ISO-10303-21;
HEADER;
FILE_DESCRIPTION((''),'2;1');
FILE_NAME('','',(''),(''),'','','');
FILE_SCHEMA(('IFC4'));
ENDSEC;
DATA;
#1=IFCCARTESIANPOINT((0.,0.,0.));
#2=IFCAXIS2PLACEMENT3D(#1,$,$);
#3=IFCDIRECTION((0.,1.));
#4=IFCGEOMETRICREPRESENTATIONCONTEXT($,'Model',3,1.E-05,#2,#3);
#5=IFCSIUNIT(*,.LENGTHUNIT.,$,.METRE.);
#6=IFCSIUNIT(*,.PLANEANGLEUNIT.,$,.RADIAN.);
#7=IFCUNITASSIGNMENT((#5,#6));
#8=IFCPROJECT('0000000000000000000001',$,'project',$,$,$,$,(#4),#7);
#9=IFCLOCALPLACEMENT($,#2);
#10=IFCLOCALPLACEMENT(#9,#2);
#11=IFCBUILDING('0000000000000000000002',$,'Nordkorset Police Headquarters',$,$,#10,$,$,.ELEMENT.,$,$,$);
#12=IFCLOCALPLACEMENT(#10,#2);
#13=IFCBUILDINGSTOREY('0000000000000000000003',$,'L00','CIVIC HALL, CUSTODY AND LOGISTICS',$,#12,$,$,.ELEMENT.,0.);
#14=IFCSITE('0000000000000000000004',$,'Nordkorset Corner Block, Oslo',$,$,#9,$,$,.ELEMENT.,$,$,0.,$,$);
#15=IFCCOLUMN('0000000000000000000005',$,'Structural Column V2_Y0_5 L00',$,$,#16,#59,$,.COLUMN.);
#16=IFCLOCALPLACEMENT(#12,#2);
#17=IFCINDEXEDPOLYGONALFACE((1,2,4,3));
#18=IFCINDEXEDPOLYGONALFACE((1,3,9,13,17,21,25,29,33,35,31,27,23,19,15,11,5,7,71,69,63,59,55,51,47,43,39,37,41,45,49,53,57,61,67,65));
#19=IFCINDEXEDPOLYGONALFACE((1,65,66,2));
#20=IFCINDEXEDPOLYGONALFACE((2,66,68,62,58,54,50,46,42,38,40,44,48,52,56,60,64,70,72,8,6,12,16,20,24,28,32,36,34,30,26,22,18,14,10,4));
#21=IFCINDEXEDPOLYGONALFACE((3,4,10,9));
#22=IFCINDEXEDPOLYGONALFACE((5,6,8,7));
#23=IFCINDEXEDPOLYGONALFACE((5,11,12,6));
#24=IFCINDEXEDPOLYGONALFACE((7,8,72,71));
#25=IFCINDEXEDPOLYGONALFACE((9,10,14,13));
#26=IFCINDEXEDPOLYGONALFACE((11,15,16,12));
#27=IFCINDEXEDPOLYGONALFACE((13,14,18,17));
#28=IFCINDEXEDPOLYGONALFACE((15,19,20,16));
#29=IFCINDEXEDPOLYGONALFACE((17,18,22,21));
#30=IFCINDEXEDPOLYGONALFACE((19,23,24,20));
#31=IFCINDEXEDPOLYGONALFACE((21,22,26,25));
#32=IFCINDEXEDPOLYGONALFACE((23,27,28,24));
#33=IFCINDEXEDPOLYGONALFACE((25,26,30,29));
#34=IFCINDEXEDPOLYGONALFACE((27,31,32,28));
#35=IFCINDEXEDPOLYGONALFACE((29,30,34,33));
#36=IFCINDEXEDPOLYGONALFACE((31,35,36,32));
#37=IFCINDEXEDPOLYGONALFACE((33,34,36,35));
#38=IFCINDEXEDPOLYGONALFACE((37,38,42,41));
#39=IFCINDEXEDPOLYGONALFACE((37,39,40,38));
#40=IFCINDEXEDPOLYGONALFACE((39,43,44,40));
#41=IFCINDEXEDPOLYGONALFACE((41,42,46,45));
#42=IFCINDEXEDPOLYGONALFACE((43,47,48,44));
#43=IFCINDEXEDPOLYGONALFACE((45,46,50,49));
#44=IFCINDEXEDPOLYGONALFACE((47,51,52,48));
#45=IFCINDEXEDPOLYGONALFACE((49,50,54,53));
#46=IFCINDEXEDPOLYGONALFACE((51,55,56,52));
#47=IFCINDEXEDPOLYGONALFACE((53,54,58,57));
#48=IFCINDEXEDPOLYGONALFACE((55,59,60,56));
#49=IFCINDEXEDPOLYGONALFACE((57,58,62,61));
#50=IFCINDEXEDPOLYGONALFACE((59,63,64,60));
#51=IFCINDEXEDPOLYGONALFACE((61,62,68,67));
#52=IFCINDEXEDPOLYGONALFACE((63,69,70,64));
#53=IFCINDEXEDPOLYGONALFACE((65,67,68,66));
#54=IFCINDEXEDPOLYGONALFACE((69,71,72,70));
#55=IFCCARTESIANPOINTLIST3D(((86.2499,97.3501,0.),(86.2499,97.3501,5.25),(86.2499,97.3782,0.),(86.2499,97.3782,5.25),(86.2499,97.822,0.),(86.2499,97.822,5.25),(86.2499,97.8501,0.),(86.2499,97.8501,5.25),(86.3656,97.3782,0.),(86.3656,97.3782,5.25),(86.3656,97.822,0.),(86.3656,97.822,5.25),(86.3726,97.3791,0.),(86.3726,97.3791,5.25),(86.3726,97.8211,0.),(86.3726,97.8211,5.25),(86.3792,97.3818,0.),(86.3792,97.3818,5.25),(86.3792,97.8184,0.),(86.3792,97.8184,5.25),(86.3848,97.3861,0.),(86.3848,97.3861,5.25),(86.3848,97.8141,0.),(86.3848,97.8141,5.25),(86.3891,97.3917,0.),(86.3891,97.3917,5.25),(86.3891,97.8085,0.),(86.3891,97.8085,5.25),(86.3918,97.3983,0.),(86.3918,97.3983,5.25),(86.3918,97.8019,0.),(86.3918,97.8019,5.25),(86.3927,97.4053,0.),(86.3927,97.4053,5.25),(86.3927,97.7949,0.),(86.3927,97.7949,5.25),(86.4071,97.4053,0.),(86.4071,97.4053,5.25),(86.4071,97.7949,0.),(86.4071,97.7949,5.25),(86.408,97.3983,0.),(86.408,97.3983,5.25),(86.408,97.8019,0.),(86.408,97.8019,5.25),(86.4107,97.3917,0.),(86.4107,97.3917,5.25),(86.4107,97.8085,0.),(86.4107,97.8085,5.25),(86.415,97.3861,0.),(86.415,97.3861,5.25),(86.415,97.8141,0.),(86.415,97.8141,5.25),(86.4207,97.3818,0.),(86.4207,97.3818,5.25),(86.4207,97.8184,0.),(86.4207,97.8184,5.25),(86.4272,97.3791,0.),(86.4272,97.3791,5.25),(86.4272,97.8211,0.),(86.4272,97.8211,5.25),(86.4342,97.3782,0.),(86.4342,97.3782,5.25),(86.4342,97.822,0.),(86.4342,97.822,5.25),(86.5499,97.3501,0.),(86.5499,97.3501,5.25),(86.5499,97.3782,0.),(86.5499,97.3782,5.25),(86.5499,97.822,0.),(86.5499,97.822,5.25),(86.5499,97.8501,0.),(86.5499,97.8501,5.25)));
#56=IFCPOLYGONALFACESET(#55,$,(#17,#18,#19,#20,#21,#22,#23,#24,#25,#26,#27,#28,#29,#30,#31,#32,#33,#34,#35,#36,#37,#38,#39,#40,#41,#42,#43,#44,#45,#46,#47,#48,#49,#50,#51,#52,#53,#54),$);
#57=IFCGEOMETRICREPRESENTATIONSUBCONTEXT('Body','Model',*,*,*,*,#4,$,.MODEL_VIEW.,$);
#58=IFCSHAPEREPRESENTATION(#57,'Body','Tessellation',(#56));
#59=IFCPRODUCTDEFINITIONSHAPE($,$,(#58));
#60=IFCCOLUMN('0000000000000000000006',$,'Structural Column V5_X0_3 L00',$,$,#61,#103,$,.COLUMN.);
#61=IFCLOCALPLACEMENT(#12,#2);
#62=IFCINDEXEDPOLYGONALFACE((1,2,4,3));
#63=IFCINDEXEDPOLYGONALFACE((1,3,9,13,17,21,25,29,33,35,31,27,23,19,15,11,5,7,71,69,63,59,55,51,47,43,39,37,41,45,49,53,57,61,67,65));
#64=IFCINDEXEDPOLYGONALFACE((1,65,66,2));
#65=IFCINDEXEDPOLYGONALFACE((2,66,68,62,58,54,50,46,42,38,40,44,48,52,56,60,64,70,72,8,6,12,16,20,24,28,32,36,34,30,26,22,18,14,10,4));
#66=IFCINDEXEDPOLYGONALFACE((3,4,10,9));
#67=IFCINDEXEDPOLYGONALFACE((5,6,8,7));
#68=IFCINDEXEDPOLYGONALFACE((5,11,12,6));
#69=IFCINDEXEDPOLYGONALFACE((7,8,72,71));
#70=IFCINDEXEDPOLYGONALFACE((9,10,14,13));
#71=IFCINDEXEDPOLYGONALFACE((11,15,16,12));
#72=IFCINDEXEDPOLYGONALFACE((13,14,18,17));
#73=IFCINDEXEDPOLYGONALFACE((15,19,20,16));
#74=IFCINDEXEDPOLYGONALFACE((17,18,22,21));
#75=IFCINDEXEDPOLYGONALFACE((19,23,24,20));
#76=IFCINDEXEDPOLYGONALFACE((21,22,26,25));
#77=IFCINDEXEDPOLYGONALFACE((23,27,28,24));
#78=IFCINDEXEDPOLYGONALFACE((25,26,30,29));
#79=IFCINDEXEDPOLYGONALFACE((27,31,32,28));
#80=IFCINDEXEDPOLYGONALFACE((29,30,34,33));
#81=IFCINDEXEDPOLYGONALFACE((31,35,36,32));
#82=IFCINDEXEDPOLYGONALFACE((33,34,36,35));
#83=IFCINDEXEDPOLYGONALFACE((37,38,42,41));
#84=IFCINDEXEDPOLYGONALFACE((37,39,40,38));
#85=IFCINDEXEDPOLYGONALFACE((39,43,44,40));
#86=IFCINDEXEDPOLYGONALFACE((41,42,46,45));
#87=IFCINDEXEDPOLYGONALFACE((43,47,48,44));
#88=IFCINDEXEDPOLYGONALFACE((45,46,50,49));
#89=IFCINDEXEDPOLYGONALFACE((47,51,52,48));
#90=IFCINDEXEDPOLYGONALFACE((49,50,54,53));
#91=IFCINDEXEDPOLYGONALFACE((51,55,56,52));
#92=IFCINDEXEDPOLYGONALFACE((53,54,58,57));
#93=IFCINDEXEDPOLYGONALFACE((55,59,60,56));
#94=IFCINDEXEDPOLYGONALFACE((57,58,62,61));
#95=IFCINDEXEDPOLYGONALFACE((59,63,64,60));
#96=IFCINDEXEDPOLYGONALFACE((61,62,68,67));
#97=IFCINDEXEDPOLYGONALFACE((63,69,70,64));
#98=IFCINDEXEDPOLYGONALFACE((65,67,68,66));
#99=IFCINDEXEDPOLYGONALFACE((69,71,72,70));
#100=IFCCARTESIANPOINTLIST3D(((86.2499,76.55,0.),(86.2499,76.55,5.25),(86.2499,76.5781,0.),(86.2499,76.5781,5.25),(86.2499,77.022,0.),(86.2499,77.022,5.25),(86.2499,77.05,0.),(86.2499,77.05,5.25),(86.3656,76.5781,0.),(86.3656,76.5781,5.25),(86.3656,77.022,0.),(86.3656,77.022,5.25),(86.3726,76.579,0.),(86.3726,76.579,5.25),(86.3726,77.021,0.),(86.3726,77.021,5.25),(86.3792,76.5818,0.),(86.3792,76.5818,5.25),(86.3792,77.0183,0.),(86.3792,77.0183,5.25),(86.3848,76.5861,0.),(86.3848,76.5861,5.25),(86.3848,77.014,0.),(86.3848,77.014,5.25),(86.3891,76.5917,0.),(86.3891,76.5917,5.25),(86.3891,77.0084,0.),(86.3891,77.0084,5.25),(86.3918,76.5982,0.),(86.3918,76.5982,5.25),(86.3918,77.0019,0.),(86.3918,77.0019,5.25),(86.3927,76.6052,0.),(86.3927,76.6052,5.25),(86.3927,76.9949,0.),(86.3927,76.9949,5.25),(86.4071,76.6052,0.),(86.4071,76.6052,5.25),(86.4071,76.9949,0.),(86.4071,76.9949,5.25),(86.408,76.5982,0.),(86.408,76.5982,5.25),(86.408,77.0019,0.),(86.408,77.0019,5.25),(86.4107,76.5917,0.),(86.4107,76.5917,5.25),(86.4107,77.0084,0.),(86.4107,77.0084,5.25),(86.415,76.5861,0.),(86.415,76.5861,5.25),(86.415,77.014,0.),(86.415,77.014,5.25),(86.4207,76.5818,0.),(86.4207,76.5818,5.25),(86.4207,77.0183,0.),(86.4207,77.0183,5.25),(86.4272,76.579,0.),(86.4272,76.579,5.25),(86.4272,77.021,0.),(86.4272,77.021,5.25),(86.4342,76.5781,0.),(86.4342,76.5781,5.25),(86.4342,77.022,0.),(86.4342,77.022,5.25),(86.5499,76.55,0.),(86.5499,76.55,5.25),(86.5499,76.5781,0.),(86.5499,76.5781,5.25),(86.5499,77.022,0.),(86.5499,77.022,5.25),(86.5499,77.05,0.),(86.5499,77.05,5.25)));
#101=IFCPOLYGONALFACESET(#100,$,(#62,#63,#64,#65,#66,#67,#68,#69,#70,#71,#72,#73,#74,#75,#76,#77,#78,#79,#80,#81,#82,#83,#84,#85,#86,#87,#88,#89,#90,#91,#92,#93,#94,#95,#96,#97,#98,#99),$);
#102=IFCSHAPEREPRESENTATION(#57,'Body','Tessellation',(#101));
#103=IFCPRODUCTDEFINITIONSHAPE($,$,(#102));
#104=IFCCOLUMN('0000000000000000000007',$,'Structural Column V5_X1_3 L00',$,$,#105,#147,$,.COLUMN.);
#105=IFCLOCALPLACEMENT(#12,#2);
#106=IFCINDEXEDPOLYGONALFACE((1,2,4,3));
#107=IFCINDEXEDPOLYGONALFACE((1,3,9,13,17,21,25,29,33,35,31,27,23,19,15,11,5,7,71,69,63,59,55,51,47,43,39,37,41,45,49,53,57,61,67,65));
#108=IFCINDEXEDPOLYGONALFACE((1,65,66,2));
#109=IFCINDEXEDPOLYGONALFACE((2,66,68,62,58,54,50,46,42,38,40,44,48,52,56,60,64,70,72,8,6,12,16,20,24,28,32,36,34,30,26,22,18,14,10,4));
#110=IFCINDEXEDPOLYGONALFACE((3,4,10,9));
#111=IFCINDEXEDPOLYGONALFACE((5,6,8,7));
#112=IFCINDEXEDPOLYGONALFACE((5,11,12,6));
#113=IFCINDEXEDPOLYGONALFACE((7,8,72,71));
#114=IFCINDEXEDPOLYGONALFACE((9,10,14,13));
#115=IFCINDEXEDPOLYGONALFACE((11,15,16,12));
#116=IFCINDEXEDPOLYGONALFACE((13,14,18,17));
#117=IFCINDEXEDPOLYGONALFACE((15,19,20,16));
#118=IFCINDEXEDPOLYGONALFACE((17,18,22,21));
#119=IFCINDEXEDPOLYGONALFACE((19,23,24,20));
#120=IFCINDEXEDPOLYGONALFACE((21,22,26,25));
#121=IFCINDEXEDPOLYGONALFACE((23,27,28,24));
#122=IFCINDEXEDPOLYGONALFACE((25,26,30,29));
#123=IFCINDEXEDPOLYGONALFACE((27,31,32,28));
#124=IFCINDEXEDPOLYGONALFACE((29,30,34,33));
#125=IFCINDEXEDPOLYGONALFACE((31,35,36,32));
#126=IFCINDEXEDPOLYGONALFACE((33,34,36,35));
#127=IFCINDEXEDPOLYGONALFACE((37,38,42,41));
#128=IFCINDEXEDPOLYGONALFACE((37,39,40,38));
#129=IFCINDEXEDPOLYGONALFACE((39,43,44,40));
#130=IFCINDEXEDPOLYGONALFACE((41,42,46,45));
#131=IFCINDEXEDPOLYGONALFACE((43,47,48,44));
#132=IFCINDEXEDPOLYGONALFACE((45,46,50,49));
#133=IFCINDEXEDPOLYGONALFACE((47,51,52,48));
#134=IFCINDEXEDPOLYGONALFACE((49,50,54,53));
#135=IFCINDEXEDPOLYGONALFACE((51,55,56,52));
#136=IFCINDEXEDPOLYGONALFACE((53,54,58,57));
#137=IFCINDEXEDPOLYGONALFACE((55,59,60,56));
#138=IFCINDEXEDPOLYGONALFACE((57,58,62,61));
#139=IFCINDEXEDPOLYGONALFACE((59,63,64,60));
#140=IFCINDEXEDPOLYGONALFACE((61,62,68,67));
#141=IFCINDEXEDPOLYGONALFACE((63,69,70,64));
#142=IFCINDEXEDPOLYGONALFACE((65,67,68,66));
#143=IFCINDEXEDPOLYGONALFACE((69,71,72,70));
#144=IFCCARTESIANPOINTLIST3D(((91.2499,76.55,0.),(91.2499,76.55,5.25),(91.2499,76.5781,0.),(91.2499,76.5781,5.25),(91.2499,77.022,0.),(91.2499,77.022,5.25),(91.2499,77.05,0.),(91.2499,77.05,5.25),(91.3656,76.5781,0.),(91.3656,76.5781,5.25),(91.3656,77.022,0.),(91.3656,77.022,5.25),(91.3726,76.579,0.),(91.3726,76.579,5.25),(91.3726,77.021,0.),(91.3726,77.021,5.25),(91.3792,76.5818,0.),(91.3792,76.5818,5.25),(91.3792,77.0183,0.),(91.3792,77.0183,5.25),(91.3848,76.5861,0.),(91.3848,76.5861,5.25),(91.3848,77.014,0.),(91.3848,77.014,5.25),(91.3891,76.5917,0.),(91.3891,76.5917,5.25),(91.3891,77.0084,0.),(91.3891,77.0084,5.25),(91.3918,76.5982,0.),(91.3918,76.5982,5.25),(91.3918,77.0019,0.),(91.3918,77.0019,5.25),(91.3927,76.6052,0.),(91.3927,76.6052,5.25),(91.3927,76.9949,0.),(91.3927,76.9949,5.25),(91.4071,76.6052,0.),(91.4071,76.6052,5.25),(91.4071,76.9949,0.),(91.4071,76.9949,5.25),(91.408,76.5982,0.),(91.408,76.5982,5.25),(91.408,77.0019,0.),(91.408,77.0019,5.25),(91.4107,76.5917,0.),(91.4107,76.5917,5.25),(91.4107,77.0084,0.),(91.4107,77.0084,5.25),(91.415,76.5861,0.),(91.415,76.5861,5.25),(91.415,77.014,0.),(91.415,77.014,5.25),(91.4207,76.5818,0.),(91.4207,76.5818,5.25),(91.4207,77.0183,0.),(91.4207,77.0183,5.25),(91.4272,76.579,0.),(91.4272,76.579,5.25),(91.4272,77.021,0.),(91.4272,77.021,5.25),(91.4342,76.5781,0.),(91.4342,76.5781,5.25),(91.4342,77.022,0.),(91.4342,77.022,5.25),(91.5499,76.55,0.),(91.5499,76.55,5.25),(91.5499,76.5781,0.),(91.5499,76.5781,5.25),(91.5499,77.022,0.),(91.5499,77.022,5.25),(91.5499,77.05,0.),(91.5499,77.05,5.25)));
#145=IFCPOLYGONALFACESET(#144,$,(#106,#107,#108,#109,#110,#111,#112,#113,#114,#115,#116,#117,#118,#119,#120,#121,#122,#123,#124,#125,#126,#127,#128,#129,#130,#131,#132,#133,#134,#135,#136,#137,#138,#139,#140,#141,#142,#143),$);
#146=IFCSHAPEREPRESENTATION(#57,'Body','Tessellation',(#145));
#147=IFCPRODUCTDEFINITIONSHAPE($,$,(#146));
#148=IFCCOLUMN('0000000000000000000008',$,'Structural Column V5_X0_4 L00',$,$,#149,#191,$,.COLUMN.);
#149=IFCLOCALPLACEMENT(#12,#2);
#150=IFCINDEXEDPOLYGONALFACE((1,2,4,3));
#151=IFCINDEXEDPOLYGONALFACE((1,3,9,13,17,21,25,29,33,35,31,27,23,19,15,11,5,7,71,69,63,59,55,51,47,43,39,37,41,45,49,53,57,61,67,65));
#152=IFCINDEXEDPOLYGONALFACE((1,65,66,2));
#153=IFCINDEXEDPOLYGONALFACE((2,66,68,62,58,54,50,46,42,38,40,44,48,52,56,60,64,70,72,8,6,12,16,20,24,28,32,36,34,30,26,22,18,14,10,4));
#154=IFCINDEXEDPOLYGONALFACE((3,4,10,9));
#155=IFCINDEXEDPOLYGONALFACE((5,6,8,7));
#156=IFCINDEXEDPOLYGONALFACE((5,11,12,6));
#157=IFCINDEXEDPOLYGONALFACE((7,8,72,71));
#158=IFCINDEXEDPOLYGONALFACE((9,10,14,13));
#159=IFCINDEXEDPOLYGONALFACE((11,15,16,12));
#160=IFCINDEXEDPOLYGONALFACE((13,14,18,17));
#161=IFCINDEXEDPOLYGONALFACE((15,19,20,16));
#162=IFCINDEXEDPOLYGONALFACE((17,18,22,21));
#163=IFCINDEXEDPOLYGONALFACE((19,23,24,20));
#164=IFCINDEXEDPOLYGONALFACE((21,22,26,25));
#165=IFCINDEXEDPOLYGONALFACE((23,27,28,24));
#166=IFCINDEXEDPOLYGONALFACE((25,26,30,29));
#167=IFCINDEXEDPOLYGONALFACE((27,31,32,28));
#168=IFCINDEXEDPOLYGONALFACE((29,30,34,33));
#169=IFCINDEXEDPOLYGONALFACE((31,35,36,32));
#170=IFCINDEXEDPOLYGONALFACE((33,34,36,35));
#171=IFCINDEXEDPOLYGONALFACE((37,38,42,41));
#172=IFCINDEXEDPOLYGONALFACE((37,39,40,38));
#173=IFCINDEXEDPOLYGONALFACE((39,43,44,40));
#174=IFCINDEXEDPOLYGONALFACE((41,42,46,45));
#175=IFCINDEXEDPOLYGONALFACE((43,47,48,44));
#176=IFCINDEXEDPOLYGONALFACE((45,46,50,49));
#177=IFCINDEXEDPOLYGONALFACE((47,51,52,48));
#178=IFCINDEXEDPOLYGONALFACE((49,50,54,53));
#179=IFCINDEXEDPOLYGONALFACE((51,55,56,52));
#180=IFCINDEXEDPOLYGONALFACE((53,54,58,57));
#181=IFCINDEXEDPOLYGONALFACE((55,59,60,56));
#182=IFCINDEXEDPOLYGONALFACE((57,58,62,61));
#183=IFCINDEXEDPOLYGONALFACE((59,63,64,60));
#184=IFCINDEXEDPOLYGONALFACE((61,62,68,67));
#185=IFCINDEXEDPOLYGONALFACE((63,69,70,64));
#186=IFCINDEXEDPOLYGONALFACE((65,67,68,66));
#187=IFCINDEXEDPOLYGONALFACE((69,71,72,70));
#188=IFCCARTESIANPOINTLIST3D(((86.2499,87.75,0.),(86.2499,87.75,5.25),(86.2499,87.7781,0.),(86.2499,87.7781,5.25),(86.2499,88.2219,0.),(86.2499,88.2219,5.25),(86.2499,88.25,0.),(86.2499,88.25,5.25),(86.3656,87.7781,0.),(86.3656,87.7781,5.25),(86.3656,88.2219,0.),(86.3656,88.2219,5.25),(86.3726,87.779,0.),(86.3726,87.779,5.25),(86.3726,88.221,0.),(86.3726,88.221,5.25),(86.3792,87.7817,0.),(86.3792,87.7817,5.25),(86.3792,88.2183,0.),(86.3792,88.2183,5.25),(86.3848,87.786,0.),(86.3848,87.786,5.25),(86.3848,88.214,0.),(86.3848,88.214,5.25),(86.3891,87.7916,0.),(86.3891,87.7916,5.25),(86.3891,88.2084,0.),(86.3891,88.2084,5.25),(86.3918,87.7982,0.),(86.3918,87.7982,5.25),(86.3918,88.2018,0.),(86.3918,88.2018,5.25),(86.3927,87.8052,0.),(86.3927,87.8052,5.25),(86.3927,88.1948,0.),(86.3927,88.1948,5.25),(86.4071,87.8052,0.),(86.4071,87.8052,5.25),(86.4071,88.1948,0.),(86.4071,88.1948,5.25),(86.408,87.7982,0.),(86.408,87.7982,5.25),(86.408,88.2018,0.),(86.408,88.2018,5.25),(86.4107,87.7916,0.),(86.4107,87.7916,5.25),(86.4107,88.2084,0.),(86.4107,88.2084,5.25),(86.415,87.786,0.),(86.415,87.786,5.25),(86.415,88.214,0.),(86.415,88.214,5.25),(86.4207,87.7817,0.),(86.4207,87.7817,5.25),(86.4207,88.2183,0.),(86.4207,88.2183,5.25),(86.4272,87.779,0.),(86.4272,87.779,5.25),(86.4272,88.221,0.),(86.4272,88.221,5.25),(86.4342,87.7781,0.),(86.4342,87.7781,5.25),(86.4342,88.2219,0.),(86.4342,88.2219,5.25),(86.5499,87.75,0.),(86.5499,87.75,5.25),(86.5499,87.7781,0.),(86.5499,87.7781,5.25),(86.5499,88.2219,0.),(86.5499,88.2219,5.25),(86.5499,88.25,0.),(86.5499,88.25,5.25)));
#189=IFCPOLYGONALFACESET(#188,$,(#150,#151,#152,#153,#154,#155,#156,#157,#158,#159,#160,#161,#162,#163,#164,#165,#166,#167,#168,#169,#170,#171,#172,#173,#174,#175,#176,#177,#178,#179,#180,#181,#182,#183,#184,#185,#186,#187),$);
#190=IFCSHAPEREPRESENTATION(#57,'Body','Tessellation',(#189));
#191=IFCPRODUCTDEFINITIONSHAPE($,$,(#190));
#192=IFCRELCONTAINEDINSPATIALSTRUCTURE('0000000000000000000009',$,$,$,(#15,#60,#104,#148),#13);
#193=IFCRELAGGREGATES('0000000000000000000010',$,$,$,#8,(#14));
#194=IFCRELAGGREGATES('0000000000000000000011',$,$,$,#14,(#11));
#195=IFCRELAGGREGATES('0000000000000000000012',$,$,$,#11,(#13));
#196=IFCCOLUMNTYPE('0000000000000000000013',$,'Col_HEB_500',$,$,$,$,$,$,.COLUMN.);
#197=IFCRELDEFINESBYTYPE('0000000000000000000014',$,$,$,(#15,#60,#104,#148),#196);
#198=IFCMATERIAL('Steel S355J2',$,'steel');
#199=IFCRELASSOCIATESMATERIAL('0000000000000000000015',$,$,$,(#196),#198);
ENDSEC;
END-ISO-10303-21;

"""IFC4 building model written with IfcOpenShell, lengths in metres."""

from ifc_helpers import new_model, si_unit, direction, frame, origin, origin_2d, place, context, subcontext, project, spatial, i_section, extrude, material, material_profile, profile_set, type_object, element, save


model = new_model("IFC4")

# Units and contexts
model_context = context("Model", 3, precision=1e-05, world=origin(), true_north=direction((0.0, 1.0)))
body_context = subcontext(model_context, "Body", "Model", "MODEL_VIEW")
ifc_project = project(units=[si_unit("LENGTHUNIT", "METRE"), si_unit("PLANEANGLEUNIT", "RADIAN")], contexts=[model_context])

# Site, building, storey
site_placement = place(None, origin())
site = spatial("IfcSite", under=ifc_project, at=site_placement, Name="Nordkorset Corner Block, Oslo", CompositionType="ELEMENT", RefElevation=0.0)
building_placement = place(site_placement, origin())
building = spatial("IfcBuilding", under=site, at=building_placement, Name="Nordkorset Police Headquarters", CompositionType="ELEMENT")
storey_placement = place(building_placement, origin())
storey = spatial("IfcBuildingStorey", under=building, at=storey_placement, Name="L00", Description="CIVIC HALL, CUSTODY AND LOGISTICS", CompositionType="ELEMENT", Elevation=0.0)

# Columns
ifc_material_1 = material(Name="Steel S355J2", Category="steel")
ifc_material_profile_1 = material_profile(ifc_material_1, i_section(OverallWidth=0.3, OverallDepth=0.5, WebThickness=0.0144, FlangeThickness=0.0281, FilletRadius=0.0271, at=origin_2d()), Name="HEB 500")
ifc_profile_set_1 = profile_set([ifc_material_profile_1], Name="Steel S355J2")
column_type = type_object("IfcColumnType", Name="Col_HEB_500", PredefinedType="COLUMN", material=ifc_profile_set_1)
for number, where, z_axis, x_axis, name in (
    (1, (86.3999, 97.6001, 0.0), (0.0, 0.0, 1.0), (1.0, 0.0, 0.0), "Structural Column V2_Y0_5 L00"),
    (2, (86.3999, 76.8, 0.0), (0.0, 0.0, 1.0), (1.0, 0.0, 0.0), "Structural Column V5_X0_3 L00"),
    (3, (91.3999, 76.8, 0.0), (0.0, 0.0, 1.0), (1.0, 0.0, 0.0), "Structural Column V5_X1_3 L00"),
    (4, (86.3999, 88.0, 0.0), (0.0, 0.0, 1.0), (1.0, 0.0, 0.0), "Structural Column V5_X0_4 L00"),
):
    element("IfcColumn", number, at=place(storey_placement, frame(where, z_axis=z_axis, x_axis=x_axis)), inside=storey, type_object=column_type, Name=name, PredefinedType="COLUMN", context=body_context, shape_type="SweptSolid", body=[
        extrude(i_section(OverallWidth=0.3, OverallDepth=0.5, WebThickness=0.0144, FlangeThickness=0.0281, FilletRadius=0.0271, at=origin_2d()), origin(), (0.0, 0.0, 1.0), 5.25),
    ])

save(model, "model.ifc")
